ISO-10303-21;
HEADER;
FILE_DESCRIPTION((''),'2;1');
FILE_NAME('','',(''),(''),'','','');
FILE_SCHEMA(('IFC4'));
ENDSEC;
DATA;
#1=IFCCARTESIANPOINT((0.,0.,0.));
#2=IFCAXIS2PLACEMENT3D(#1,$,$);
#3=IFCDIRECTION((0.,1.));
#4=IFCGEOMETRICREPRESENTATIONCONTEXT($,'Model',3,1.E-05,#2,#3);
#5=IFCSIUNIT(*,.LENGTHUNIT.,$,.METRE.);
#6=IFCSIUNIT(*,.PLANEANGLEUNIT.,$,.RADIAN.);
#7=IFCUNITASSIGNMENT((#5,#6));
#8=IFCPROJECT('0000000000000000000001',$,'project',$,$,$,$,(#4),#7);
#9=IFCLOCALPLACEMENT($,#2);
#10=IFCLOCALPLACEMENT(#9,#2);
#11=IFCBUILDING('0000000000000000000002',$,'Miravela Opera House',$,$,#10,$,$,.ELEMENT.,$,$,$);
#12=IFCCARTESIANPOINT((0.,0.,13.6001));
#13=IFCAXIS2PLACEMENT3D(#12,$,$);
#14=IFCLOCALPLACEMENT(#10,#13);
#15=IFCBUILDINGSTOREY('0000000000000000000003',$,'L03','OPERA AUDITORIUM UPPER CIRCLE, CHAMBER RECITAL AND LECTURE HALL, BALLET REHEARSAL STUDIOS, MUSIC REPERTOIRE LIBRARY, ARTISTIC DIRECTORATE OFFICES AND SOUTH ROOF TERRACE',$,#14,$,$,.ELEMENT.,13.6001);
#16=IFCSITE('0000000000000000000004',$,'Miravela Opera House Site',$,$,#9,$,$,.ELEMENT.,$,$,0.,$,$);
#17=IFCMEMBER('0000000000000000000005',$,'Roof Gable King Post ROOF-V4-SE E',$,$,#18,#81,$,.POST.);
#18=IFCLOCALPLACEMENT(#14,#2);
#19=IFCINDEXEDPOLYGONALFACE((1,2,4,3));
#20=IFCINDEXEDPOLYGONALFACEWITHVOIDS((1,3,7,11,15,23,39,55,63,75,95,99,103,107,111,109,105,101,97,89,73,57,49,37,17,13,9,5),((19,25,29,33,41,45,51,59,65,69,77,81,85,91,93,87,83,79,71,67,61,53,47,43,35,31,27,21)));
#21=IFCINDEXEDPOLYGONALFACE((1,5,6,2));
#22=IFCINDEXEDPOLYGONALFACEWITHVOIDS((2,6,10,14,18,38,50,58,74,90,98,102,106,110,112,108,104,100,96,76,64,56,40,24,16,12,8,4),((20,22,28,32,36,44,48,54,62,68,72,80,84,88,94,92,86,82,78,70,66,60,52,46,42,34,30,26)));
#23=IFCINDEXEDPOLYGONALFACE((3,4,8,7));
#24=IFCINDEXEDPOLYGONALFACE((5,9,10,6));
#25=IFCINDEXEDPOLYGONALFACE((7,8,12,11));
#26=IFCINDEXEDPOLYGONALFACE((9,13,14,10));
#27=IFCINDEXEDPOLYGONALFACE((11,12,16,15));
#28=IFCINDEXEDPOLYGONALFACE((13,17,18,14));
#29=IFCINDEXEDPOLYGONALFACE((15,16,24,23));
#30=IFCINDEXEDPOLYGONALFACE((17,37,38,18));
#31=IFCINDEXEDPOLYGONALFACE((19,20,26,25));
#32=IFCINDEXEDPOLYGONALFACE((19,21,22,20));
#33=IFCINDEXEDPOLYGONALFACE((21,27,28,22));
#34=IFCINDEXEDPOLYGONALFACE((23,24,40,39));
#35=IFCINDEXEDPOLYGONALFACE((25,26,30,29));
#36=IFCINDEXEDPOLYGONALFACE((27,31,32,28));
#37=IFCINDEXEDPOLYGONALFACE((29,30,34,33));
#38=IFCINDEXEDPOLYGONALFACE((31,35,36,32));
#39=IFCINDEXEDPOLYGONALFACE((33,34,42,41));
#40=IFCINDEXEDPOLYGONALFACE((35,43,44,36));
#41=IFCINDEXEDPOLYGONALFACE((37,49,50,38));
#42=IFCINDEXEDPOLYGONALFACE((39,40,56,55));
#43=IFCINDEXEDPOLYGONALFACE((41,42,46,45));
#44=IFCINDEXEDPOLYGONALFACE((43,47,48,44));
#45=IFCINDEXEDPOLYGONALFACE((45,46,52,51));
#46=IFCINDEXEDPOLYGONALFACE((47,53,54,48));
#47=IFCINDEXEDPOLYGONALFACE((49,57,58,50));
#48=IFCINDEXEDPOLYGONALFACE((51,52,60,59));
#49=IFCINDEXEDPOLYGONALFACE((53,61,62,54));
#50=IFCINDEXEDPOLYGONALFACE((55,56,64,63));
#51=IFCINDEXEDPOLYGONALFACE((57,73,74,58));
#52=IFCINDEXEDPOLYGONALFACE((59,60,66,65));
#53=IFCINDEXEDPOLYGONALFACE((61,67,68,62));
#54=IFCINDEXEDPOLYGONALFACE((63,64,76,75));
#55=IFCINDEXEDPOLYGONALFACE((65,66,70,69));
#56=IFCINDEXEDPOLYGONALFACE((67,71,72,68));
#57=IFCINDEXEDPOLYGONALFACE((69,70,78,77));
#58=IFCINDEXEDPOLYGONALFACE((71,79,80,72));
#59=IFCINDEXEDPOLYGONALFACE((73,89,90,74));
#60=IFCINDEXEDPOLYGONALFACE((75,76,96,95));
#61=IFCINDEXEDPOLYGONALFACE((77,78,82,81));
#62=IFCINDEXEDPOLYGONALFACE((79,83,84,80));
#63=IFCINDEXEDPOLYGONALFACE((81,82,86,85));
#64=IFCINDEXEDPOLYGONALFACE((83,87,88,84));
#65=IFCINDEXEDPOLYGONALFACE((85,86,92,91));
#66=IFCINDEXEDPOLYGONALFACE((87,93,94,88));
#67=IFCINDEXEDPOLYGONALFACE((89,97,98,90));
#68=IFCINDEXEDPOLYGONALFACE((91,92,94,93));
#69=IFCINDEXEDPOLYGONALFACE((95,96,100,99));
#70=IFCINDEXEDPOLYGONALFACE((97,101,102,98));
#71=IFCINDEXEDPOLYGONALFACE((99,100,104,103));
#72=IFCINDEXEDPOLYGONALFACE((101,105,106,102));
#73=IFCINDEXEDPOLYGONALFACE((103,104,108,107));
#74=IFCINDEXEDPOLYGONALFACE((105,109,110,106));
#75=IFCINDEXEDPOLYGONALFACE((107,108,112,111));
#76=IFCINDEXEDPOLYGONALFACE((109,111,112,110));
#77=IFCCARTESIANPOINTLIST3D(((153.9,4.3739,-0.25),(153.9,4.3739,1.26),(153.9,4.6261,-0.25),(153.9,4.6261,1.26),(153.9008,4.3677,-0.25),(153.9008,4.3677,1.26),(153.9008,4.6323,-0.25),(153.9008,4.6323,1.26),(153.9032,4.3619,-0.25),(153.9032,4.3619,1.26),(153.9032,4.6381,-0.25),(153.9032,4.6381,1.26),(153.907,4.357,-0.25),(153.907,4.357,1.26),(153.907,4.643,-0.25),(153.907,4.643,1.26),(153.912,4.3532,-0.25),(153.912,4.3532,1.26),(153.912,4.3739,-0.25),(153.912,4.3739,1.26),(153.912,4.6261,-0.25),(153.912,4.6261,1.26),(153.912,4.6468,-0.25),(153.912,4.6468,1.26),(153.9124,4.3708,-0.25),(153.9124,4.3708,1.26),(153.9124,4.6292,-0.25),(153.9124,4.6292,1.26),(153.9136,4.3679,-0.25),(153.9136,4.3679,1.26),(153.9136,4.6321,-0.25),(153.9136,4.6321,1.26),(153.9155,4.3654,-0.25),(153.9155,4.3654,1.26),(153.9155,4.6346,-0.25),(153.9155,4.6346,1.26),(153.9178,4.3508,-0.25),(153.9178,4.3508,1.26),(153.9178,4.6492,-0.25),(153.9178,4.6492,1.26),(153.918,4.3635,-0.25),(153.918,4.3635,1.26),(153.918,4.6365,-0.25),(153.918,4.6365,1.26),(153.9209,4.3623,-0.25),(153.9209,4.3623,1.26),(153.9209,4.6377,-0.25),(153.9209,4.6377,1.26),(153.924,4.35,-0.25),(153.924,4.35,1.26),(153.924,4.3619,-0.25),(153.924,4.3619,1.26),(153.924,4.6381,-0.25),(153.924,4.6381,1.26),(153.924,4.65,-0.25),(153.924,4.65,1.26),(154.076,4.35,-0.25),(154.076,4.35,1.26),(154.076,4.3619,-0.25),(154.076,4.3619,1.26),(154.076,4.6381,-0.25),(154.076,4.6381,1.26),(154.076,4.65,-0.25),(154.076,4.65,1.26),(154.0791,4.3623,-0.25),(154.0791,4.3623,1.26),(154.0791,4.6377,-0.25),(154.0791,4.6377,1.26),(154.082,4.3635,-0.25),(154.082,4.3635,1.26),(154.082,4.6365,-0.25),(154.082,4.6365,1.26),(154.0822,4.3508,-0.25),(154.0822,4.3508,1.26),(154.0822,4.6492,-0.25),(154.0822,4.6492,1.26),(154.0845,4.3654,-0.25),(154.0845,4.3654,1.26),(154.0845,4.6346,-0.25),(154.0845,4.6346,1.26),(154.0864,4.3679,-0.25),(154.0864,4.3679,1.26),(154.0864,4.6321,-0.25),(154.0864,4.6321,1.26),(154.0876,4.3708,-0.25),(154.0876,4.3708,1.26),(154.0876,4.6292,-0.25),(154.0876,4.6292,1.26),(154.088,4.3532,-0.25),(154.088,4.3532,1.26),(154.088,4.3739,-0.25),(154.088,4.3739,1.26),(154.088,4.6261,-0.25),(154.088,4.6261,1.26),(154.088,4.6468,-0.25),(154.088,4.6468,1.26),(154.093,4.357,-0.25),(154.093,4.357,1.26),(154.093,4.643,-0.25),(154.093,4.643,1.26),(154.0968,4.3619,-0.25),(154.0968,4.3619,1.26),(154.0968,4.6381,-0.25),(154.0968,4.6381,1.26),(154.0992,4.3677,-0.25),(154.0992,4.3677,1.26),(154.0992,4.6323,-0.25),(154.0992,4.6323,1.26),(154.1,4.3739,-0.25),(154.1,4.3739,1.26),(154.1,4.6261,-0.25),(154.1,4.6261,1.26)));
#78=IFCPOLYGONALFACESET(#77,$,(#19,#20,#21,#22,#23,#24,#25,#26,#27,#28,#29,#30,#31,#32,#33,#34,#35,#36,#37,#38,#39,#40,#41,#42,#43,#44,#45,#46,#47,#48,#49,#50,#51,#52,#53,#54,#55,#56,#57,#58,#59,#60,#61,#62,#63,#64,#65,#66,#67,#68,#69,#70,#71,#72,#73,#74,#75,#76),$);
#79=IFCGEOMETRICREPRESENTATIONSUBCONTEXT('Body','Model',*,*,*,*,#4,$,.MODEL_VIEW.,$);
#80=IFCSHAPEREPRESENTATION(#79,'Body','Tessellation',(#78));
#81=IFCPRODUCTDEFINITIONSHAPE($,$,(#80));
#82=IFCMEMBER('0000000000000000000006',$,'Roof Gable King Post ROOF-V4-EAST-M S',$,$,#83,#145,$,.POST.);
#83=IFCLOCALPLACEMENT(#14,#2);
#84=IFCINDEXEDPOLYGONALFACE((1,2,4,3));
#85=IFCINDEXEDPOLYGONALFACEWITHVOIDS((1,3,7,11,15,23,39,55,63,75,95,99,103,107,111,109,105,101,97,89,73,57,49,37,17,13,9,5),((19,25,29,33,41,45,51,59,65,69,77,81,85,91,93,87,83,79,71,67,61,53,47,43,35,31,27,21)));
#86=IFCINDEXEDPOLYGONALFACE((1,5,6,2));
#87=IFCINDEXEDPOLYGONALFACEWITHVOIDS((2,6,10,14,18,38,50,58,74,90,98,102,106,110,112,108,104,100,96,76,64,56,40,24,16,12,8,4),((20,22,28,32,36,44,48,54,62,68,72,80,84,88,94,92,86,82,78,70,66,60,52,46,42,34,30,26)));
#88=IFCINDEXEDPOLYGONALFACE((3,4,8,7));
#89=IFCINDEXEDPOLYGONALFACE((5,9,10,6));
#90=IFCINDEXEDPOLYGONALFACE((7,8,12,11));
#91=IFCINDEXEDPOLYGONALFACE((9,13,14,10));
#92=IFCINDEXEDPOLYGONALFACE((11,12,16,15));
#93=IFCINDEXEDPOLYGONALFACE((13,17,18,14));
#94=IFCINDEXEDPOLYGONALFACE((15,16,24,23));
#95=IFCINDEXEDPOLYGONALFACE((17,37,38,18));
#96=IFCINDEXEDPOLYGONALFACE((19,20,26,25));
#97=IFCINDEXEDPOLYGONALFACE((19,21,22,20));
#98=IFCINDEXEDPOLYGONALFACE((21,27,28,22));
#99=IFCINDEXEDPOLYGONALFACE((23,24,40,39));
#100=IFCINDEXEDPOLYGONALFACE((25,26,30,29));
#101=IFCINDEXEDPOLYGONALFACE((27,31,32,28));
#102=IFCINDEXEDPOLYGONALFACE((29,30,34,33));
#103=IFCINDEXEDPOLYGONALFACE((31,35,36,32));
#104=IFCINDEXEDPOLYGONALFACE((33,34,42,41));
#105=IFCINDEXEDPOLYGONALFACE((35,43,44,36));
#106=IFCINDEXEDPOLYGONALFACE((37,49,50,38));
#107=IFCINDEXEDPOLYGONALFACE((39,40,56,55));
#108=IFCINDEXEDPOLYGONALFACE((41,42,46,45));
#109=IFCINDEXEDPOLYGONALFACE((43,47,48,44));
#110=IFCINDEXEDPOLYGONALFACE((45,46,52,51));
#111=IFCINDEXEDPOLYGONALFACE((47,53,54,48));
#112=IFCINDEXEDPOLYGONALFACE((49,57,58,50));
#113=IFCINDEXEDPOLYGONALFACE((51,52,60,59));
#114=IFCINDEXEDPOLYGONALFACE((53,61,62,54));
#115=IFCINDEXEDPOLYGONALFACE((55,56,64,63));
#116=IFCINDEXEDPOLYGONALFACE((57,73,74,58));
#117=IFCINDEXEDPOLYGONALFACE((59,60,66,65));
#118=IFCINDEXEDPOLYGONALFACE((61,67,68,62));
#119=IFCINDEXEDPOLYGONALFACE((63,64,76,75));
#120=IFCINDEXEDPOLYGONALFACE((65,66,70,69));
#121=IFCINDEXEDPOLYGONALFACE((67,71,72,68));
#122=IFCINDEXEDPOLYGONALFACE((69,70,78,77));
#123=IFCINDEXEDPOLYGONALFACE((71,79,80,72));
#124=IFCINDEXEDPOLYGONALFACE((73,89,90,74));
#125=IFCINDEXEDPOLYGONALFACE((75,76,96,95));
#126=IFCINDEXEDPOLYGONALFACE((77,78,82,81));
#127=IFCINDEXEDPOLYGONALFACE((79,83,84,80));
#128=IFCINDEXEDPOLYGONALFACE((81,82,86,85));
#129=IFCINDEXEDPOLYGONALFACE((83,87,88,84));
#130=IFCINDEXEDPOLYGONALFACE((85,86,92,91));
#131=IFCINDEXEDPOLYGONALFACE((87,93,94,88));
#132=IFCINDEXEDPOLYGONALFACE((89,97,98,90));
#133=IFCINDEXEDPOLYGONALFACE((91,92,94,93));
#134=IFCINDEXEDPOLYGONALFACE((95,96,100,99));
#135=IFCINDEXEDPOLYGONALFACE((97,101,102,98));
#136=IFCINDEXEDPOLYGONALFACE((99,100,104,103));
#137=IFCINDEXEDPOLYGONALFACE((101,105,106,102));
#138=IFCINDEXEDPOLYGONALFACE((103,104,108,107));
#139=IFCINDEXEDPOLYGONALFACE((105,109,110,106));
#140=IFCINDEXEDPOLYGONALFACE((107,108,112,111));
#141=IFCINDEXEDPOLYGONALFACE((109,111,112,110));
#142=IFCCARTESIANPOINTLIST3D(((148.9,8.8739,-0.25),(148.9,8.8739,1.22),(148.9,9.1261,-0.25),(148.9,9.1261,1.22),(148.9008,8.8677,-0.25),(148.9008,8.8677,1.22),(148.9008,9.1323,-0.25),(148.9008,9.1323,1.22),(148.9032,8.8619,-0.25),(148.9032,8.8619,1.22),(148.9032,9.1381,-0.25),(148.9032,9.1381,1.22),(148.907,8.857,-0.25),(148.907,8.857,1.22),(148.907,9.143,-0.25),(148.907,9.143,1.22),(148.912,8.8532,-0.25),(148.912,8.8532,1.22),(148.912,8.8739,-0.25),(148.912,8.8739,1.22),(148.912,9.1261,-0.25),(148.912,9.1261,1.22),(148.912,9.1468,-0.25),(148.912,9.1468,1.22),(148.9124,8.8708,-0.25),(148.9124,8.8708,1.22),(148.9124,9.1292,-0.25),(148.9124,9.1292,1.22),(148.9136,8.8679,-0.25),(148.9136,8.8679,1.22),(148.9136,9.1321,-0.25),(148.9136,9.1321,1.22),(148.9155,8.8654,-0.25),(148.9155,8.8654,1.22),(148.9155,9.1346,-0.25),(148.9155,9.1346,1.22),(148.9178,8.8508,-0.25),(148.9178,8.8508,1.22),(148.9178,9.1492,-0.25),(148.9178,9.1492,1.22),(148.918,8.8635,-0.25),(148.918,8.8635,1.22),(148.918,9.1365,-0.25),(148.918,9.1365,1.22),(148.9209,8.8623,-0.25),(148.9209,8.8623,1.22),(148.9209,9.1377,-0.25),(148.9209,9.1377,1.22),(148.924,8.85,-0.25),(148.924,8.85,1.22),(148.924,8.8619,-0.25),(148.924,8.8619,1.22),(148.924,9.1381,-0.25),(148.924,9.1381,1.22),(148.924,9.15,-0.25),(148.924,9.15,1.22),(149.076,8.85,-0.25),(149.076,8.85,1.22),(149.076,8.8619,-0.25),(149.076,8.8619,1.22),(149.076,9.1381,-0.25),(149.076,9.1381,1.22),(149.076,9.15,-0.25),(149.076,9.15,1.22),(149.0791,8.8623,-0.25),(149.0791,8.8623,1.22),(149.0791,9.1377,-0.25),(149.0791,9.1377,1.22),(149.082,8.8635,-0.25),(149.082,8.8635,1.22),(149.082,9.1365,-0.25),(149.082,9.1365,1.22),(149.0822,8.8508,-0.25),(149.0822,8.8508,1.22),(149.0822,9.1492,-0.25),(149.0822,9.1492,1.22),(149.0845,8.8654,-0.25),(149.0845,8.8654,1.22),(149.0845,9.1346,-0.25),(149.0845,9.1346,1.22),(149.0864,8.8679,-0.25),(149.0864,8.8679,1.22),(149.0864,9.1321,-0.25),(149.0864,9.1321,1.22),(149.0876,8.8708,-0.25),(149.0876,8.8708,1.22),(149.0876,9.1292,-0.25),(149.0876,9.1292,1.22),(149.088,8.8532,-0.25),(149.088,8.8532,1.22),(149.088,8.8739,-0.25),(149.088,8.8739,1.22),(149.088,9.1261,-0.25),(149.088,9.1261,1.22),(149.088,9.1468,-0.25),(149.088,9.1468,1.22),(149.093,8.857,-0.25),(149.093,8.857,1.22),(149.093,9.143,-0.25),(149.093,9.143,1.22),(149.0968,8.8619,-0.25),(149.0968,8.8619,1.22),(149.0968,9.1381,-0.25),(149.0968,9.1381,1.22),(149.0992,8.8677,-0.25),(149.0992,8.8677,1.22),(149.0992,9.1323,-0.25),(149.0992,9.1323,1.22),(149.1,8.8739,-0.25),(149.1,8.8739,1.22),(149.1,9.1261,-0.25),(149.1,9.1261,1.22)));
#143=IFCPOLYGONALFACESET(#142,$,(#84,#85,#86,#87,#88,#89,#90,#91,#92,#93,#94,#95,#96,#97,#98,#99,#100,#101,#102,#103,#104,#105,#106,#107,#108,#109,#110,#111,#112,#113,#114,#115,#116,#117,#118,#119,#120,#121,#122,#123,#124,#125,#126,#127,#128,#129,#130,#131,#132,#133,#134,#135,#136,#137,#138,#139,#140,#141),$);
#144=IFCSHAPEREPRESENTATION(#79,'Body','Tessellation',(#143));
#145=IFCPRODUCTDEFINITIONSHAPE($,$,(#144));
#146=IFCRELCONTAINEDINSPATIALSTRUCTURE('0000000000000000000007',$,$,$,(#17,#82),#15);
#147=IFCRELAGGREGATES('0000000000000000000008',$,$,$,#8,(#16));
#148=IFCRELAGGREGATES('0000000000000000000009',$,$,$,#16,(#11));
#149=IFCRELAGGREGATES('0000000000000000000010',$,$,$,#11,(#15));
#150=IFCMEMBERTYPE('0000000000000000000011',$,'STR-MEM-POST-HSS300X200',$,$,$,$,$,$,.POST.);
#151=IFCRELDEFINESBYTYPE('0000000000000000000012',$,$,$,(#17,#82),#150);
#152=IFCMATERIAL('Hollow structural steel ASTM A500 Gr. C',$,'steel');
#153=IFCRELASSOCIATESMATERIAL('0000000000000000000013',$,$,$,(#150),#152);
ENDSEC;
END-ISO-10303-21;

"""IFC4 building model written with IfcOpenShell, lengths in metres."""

from ifc_helpers import new_model, si_unit, direction, frame, origin, origin_2d, place, context, subcontext, project, spatial, hollow_rectangle, extrude, material, material_profile, profile_set, type_object, element, save


model = new_model("IFC4")

# Units and contexts
model_context = context("Model", 3, precision=1e-05, world=origin(), true_north=direction((0.0, 1.0)))
body_context = subcontext(model_context, "Body", "Model", "MODEL_VIEW")
ifc_project = project(units=[si_unit("LENGTHUNIT", "METRE"), si_unit("PLANEANGLEUNIT", "RADIAN")], contexts=[model_context])

# Site, building, storey
site_placement = place(None, origin())
site = spatial("IfcSite", under=ifc_project, at=site_placement, Name="Miravela Opera House Site", CompositionType="ELEMENT", RefElevation=0.0)
building_placement = place(site_placement, origin())
building = spatial("IfcBuilding", under=site, at=building_placement, Name="Miravela Opera House", CompositionType="ELEMENT")
storey_placement = place(building_placement, frame((0.0, 0.0, 13.6001)))
storey = spatial("IfcBuildingStorey", under=building, at=storey_placement, Name="L03", Description="OPERA AUDITORIUM UPPER CIRCLE, CHAMBER RECITAL AND LECTURE HALL, BALLET REHEARSAL STUDIOS, MUSIC REPERTOIRE LIBRARY, ARTISTIC DIRECTORATE OFFICES AND SOUTH ROOF TERRACE", CompositionType="ELEMENT", Elevation=13.6001)

# Members
ifc_material_1 = material(Name="Hollow structural steel ASTM A500 Gr. C", Category="steel")
ifc_material_profile_1 = material_profile(ifc_material_1, hollow_rectangle(XDim=0.2, YDim=0.3, WallThickness=0.012, InnerFilletRadius=0.012, OuterFilletRadius=0.0239, at=origin_2d()), Name="HSS300X200X12")
ifc_profile_set_1 = profile_set([ifc_material_profile_1])
member_type_1 = type_object("IfcMemberType", Name="STR-MEM-POST-HSS300X200", PredefinedType="POST", material=ifc_profile_set_1)
for number, where, z_axis, x_axis, name in (
    (1, (154.0, 4.5, -0.25), (0.0, 0.0, 1.0), (1.0, 0.0, 0.0), "Roof Gable King Post ROOF-V4-SE E"),
):
    element("IfcMember", number, at=place(storey_placement, frame(where, z_axis=z_axis, x_axis=x_axis)), inside=storey, type_object=member_type_1, Name=name, PredefinedType="POST", context=body_context, shape_type="SweptSolid", body=[
        extrude(hollow_rectangle(XDim=0.2, YDim=0.3, WallThickness=0.012, InnerFilletRadius=0.012, OuterFilletRadius=0.0239, at=origin_2d()), origin(), (0.0, 0.0, 1.0), 1.51),
    ])
for number, where, z_axis, x_axis, name in (
    (2, (149.0, 9.0, -0.25), (0.0, 0.0, 1.0), (1.0, 0.0, 0.0), "Roof Gable King Post ROOF-V4-EAST-M S"),
):
    element("IfcMember", number, at=place(storey_placement, frame(where, z_axis=z_axis, x_axis=x_axis)), inside=storey, type_object=member_type_1, Name=name, PredefinedType="POST", context=body_context, shape_type="SweptSolid", body=[
        extrude(hollow_rectangle(XDim=0.2, YDim=0.3, WallThickness=0.012, InnerFilletRadius=0.012, OuterFilletRadius=0.0239, at=origin_2d()), origin(), (0.0, 0.0, 1.0), 1.47),
    ])

save(model, "model.ifc")
